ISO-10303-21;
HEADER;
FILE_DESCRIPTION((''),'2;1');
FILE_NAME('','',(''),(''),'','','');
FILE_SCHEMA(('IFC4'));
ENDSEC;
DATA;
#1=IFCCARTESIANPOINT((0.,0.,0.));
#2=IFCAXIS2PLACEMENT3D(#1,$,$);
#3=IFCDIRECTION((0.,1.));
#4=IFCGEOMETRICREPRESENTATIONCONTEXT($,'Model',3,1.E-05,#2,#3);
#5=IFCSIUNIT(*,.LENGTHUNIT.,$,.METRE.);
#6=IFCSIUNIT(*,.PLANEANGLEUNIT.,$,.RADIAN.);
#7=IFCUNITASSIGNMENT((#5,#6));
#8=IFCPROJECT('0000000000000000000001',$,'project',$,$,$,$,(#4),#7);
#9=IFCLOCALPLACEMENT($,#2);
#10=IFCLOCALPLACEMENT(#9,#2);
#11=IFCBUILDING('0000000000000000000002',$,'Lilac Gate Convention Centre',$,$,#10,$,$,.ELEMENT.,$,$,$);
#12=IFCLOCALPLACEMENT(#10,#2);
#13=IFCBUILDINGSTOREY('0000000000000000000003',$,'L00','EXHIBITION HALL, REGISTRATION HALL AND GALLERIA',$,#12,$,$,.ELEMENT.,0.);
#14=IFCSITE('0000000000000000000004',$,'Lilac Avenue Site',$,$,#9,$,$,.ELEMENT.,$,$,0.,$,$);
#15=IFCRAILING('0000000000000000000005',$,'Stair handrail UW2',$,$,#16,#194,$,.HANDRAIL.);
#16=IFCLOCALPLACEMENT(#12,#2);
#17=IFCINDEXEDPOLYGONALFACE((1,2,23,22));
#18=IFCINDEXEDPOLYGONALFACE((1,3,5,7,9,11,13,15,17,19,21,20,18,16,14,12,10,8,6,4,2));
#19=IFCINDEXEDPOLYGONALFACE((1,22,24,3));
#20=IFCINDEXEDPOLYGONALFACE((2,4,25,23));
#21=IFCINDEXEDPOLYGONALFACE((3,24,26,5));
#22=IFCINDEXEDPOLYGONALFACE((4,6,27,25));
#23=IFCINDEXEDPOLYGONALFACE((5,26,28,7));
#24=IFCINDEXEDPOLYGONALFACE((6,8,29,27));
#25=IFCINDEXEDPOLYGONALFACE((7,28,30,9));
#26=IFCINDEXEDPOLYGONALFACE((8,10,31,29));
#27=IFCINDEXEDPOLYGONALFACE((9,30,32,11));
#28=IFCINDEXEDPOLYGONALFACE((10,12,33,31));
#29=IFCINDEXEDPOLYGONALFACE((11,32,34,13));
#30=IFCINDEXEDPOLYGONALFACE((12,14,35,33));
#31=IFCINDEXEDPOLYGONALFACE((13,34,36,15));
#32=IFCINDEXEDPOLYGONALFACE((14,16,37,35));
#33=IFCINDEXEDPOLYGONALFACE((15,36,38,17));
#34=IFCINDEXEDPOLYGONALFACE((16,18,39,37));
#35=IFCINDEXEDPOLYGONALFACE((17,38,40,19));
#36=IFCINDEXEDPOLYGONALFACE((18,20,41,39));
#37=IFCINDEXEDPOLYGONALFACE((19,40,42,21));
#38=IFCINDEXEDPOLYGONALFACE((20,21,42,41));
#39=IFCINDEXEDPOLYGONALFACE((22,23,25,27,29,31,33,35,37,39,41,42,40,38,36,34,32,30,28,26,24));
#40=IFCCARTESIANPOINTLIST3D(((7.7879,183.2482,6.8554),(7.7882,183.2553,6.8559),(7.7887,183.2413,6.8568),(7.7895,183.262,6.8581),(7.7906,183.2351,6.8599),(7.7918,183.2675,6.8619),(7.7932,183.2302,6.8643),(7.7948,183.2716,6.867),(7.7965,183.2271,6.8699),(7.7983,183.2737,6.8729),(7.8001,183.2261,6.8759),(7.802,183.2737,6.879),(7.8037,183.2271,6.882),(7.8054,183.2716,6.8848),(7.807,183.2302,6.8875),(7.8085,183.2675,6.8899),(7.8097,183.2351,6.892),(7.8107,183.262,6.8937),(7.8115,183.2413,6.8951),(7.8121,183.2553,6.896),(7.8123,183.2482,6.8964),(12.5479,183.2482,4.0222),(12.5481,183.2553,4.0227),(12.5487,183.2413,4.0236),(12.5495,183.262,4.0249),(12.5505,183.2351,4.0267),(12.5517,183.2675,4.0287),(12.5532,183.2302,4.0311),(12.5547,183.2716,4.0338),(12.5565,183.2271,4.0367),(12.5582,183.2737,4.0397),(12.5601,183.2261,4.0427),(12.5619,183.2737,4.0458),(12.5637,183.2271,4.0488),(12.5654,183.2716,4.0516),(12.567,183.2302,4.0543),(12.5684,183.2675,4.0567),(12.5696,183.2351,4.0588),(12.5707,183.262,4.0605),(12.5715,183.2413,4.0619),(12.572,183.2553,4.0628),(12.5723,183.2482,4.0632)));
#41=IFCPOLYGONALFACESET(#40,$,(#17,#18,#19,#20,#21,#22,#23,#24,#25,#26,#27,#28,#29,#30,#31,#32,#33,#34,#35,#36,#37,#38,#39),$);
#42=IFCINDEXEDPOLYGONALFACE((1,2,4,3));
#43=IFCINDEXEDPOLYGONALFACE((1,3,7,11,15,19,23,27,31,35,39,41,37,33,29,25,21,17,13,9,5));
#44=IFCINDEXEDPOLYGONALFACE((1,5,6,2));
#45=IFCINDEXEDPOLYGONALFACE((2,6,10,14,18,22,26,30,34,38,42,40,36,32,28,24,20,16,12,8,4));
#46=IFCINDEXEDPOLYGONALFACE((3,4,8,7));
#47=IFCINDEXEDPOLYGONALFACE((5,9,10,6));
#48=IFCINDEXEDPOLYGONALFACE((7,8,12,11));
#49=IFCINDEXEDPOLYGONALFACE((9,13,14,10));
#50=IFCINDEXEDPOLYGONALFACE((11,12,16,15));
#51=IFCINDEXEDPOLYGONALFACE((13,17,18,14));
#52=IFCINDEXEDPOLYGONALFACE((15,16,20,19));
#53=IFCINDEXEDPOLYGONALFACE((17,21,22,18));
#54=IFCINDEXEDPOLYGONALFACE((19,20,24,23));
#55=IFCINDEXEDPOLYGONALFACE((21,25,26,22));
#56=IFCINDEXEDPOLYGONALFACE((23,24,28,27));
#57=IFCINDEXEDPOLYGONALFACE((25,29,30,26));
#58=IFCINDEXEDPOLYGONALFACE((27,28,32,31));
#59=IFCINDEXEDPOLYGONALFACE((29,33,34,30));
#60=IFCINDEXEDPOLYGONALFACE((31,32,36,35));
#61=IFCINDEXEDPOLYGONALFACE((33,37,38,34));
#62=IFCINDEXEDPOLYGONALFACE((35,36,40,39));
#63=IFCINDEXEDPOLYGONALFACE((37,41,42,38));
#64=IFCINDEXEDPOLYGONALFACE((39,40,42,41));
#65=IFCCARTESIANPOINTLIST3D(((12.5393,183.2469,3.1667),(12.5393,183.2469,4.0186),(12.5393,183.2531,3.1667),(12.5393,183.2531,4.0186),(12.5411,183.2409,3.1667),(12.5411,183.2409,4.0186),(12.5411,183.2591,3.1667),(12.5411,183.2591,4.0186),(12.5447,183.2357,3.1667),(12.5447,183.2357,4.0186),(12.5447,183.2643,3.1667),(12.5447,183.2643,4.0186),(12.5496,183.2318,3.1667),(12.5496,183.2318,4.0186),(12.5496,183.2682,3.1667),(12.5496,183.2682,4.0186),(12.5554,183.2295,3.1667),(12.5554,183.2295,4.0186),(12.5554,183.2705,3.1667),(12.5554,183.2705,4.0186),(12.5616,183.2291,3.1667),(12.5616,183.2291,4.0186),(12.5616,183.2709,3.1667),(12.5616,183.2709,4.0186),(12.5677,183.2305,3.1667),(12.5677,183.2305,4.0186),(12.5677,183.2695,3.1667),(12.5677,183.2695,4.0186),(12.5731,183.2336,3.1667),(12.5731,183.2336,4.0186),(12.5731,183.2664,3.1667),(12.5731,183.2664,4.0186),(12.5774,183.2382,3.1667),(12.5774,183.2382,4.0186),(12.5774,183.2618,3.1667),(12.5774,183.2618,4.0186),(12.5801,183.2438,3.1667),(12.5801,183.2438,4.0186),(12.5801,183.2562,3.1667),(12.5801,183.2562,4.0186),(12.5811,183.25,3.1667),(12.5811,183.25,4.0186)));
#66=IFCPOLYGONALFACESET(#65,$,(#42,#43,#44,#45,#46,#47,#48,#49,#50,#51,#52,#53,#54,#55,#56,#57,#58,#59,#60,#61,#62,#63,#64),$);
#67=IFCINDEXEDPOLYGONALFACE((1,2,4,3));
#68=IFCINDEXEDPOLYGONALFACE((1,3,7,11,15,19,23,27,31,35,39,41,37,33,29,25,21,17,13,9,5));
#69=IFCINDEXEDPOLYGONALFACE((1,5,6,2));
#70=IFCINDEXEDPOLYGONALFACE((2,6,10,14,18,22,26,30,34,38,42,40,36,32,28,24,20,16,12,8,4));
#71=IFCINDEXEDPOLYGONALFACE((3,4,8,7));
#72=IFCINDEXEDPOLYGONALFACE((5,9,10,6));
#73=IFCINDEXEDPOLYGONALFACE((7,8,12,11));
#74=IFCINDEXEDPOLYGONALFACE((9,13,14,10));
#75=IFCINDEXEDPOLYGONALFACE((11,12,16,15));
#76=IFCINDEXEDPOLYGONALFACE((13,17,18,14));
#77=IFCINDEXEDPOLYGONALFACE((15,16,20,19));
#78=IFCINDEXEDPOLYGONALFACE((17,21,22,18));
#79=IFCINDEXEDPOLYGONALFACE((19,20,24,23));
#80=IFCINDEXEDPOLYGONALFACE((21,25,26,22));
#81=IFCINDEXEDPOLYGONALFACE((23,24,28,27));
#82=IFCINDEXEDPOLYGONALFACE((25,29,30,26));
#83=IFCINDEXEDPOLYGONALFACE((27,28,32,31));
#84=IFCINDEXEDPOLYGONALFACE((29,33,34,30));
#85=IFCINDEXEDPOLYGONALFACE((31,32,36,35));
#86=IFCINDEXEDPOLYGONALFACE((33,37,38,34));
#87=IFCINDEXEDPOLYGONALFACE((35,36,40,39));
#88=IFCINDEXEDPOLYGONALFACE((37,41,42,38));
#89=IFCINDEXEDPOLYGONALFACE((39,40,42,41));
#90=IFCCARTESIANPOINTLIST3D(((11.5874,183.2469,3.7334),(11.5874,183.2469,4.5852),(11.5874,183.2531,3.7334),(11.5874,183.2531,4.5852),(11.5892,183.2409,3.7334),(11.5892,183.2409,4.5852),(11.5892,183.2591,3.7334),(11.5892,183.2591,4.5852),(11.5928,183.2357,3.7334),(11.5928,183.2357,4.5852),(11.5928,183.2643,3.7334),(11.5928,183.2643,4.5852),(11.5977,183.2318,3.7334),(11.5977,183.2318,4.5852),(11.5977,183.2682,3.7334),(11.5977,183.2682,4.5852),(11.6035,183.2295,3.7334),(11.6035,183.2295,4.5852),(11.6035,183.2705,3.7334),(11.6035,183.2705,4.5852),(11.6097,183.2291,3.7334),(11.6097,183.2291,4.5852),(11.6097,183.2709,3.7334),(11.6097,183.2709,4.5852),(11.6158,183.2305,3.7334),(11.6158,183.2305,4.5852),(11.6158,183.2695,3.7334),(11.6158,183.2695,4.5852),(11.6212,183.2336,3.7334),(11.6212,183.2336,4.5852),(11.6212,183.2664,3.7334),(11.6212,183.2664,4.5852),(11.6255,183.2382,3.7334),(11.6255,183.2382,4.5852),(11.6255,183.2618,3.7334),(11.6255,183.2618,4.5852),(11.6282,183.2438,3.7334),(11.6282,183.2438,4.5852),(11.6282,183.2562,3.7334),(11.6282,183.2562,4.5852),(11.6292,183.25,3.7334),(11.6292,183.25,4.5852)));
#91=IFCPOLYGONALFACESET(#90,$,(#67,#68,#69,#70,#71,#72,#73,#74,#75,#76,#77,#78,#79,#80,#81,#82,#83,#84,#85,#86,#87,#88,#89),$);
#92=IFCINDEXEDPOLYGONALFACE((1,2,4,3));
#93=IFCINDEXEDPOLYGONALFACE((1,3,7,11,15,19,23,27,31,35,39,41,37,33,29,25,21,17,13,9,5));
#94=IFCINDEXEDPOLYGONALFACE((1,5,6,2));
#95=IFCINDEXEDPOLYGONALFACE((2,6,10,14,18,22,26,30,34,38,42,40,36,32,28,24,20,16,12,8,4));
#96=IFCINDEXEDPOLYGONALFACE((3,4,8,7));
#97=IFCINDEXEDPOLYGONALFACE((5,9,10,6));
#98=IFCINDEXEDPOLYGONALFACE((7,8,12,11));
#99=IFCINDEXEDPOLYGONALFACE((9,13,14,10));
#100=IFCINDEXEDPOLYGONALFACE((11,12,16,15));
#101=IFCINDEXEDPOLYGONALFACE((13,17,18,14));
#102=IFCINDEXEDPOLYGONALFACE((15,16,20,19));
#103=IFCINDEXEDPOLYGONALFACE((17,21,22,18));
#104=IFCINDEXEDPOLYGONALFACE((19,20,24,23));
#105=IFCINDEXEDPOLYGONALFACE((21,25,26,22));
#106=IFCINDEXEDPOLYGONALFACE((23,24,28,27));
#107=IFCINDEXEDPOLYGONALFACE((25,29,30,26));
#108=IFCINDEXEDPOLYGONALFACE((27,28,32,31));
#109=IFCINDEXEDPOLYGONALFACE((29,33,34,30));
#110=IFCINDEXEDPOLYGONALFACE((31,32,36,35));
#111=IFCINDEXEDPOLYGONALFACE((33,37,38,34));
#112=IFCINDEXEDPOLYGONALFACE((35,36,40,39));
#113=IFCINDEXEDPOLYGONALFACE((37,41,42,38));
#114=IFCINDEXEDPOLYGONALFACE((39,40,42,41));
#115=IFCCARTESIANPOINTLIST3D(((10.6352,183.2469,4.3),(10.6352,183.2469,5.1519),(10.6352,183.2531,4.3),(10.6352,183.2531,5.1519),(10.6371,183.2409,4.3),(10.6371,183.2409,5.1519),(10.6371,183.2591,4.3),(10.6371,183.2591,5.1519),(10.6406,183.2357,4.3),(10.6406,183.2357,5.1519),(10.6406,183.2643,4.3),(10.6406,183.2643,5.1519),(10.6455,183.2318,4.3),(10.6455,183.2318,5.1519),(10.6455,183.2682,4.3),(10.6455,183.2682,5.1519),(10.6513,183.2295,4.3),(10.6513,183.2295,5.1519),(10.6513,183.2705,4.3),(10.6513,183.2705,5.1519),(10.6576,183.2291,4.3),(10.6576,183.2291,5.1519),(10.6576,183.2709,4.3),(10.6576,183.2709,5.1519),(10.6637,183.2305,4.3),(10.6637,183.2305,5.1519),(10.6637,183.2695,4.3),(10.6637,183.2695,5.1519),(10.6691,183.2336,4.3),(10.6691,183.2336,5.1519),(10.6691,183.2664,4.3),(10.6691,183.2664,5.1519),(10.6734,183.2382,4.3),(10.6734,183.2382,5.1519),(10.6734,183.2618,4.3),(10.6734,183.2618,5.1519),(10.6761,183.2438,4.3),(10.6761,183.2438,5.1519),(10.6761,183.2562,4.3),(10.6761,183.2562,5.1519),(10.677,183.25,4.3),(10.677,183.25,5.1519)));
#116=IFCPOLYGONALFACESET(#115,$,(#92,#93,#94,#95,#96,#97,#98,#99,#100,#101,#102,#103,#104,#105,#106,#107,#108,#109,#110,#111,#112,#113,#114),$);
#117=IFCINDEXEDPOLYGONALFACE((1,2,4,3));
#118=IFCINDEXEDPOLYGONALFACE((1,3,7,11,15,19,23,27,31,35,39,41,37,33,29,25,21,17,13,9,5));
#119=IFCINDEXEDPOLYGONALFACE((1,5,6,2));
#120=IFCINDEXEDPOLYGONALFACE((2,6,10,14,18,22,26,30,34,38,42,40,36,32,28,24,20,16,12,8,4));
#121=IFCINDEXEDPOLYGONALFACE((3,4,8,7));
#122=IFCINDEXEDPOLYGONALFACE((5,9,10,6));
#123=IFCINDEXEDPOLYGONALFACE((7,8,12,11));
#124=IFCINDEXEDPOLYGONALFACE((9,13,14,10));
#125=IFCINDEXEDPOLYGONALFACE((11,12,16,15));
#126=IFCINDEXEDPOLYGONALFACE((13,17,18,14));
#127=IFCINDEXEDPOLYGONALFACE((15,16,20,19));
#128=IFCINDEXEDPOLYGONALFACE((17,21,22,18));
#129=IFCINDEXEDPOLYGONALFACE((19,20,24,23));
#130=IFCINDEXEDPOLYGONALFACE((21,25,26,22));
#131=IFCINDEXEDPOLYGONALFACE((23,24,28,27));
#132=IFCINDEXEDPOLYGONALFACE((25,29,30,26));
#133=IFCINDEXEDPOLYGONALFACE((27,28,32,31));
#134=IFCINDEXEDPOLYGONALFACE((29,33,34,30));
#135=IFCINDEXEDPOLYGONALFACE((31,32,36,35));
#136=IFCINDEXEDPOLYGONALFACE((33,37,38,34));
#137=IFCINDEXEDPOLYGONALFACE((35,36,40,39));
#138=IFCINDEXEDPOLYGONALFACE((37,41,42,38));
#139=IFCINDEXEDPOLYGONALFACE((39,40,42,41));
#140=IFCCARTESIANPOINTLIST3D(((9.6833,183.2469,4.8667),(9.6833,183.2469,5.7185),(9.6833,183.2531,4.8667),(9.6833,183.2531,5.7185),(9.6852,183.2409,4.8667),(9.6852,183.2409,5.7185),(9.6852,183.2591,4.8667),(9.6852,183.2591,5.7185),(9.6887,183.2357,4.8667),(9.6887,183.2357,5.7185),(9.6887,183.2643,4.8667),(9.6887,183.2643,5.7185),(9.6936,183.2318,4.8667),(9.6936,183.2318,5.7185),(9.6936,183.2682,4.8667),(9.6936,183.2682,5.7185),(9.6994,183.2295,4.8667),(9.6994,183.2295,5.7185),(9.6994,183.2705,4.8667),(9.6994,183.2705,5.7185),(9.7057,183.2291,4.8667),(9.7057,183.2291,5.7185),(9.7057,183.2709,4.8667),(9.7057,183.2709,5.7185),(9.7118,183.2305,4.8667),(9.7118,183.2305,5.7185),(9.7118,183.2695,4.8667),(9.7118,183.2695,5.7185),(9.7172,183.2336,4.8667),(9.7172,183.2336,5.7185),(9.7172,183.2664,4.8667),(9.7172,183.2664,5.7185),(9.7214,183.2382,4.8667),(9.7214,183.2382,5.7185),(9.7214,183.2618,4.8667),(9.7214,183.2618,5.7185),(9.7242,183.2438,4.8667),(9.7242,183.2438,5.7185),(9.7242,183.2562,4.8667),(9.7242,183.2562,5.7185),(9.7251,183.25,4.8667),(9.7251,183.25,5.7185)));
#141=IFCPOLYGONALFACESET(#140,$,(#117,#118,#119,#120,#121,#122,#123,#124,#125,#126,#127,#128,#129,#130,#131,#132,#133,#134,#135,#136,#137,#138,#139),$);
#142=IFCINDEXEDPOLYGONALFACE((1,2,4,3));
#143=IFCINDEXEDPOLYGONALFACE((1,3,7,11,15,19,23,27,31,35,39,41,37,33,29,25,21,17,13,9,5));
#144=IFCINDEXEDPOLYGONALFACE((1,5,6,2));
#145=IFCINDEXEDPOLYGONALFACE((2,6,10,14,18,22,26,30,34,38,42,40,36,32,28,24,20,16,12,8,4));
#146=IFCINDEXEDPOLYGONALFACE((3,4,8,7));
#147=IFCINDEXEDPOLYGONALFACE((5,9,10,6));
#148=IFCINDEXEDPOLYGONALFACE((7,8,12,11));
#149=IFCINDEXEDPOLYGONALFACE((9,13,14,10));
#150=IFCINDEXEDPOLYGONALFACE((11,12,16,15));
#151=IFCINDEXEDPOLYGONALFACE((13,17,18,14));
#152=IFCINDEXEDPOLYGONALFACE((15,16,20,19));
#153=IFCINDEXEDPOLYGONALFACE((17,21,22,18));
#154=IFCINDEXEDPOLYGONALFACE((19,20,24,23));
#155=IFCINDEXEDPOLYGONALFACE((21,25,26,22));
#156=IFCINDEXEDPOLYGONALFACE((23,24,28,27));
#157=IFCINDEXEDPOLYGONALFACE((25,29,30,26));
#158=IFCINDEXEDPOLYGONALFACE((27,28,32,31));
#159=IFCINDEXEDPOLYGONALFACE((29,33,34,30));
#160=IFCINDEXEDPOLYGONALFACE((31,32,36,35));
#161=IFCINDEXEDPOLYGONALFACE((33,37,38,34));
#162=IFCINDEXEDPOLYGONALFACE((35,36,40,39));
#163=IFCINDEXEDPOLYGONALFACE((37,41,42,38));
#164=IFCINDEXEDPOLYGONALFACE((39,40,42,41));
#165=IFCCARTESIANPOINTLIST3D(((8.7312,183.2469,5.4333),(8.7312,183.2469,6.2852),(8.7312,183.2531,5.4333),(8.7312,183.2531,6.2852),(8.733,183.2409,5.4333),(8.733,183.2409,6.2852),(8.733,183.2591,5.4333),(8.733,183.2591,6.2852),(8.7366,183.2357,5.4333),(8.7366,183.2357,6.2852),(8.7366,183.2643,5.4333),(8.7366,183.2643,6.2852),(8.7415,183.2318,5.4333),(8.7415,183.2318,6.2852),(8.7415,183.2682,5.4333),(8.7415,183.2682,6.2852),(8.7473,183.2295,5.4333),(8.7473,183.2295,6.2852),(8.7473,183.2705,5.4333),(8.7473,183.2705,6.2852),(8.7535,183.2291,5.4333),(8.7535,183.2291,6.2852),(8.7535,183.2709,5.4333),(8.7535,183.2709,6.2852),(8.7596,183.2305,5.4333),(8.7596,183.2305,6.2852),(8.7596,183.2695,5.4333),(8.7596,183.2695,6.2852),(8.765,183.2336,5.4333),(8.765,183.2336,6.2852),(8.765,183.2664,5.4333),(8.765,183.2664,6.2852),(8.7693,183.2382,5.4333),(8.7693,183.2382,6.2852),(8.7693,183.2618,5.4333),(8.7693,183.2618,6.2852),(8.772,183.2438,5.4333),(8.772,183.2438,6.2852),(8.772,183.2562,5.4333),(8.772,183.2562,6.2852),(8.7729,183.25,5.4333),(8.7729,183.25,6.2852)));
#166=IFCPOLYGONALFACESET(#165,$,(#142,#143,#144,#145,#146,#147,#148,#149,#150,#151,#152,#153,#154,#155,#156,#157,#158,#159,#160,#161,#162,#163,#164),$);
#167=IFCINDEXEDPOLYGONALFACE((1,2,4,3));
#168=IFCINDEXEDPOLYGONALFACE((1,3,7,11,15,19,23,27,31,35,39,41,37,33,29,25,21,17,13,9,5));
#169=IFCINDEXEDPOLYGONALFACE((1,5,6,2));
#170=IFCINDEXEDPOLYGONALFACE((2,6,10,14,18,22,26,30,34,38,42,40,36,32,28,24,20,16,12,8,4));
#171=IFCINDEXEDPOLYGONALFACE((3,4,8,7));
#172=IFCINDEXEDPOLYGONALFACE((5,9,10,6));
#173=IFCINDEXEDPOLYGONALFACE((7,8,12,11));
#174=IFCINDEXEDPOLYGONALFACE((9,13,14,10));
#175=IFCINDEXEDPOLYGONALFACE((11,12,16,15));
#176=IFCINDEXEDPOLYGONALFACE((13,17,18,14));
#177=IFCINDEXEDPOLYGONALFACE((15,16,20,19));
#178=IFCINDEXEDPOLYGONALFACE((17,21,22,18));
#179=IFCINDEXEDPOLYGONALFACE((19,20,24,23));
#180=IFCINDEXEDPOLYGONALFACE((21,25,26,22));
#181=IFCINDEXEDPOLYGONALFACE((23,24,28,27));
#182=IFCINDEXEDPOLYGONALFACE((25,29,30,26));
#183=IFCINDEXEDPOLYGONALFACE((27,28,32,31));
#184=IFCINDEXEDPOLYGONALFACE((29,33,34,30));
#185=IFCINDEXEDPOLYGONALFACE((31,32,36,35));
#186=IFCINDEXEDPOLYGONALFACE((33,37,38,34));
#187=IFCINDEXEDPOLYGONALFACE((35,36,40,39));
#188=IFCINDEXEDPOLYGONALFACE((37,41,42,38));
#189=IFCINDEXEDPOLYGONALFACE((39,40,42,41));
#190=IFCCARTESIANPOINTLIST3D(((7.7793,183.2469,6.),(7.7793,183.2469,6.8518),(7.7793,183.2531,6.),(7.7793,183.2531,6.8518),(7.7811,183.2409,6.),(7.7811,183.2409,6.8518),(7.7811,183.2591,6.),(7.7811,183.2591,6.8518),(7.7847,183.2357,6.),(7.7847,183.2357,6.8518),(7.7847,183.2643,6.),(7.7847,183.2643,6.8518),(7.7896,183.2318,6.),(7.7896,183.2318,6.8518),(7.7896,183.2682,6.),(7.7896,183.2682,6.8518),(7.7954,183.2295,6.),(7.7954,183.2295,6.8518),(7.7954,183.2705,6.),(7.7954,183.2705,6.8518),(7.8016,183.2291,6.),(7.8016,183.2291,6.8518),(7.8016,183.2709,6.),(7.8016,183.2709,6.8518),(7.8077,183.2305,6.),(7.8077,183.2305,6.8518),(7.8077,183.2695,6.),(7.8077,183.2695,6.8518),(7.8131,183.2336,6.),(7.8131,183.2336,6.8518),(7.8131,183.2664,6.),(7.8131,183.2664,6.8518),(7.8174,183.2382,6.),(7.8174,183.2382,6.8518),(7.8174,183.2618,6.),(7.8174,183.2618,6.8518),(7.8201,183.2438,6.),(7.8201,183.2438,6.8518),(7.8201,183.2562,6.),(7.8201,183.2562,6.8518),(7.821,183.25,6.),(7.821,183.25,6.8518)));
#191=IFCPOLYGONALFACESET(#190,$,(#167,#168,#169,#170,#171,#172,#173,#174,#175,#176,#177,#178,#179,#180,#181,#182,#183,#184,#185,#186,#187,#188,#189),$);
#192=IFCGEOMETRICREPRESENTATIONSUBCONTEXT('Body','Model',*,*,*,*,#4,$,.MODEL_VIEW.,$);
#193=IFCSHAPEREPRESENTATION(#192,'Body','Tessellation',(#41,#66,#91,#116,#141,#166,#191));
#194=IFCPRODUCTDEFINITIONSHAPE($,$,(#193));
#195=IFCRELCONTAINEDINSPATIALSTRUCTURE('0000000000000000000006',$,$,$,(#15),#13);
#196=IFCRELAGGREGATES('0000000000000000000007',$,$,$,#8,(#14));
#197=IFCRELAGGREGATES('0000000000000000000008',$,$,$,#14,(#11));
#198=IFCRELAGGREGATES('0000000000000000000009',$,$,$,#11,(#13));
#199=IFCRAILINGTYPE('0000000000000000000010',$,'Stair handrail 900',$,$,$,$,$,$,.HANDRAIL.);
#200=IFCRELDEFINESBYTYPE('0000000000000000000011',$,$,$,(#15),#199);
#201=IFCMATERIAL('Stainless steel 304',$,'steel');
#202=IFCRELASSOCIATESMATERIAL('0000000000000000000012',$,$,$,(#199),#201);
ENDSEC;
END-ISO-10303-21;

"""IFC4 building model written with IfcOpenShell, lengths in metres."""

from ifc_helpers import new_model, si_unit, direction, frame, origin, origin_2d, place, context, subcontext, project, spatial, circle, extrude, material, type_object, element, save


model = new_model("IFC4")

# Units and contexts
model_context = context("Model", 3, precision=1e-05, world=origin(), true_north=direction((0.0, 1.0)))
body_context = subcontext(model_context, "Body", "Model", "MODEL_VIEW")
ifc_project = project(units=[si_unit("LENGTHUNIT", "METRE"), si_unit("PLANEANGLEUNIT", "RADIAN")], contexts=[model_context])

# Site, building, storey
site_placement = place(None, origin())
site = spatial("IfcSite", under=ifc_project, at=site_placement, Name="Lilac Avenue Site", CompositionType="ELEMENT", RefElevation=0.0)
building_placement = place(site_placement, origin())
building = spatial("IfcBuilding", under=site, at=building_placement, Name="Lilac Gate Convention Centre", CompositionType="ELEMENT")
storey_placement = place(building_placement, origin())
storey = spatial("IfcBuildingStorey", under=building, at=storey_placement, Name="L00", Description="EXHIBITION HALL, REGISTRATION HALL AND GALLERIA", CompositionType="ELEMENT", Elevation=0.0)

# Railing
ifc_material_1 = material(Name="Stainless steel 304", Category="steel")
railing_type = type_object("IfcRailingType", Name="Stair handrail 900", PredefinedType="HANDRAIL", material=ifc_material_1)
for number, where, name in (
    (1, (12.5601, 183.25, 3.1667), "Stair handrail UW2"),
):
    element("IfcRailing", number, at=place(storey_placement, frame(where)), inside=storey, type_object=railing_type, Name=name, PredefinedType="HANDRAIL", context=body_context, shape_type="SweptSolid", body=[
        extrude(circle(Radius=0.0239, at=origin_2d()), frame((0.0, 0.0, 0.876), z_axis=(-0.8593, 0.0, 0.511472), x_axis=(0.0, -1.0, 0.0)), (0.0, 0.0, 1.0), 5.5393),
        extrude(circle(Radius=0.021, at=origin_2d()), origin(), (0.0, 0.0, 1.0), 0.8518),
        extrude(circle(Radius=0.021, at=origin_2d()), frame((-0.9519, 0.0, 0.5667)), (0.0, 0.0, 1.0), 0.8518),
        extrude(circle(Radius=0.021, at=origin_2d()), frame((-1.9041, 0.0, 1.1333)), (0.0, 0.0, 1.0), 0.8518),
        extrude(circle(Radius=0.021, at=origin_2d()), frame((-2.856, 0.0, 1.7)), (0.0, 0.0, 1.0), 0.8518),
        extrude(circle(Radius=0.021, at=origin_2d()), frame((-3.8081, 0.0, 2.2666)), (0.0, 0.0, 1.0), 0.8518),
        extrude(circle(Radius=0.021, at=origin_2d()), frame((-4.76, 0.0, 2.8333)), (0.0, 0.0, 1.0), 0.8518),
    ])

save(model, "model.ifc")
